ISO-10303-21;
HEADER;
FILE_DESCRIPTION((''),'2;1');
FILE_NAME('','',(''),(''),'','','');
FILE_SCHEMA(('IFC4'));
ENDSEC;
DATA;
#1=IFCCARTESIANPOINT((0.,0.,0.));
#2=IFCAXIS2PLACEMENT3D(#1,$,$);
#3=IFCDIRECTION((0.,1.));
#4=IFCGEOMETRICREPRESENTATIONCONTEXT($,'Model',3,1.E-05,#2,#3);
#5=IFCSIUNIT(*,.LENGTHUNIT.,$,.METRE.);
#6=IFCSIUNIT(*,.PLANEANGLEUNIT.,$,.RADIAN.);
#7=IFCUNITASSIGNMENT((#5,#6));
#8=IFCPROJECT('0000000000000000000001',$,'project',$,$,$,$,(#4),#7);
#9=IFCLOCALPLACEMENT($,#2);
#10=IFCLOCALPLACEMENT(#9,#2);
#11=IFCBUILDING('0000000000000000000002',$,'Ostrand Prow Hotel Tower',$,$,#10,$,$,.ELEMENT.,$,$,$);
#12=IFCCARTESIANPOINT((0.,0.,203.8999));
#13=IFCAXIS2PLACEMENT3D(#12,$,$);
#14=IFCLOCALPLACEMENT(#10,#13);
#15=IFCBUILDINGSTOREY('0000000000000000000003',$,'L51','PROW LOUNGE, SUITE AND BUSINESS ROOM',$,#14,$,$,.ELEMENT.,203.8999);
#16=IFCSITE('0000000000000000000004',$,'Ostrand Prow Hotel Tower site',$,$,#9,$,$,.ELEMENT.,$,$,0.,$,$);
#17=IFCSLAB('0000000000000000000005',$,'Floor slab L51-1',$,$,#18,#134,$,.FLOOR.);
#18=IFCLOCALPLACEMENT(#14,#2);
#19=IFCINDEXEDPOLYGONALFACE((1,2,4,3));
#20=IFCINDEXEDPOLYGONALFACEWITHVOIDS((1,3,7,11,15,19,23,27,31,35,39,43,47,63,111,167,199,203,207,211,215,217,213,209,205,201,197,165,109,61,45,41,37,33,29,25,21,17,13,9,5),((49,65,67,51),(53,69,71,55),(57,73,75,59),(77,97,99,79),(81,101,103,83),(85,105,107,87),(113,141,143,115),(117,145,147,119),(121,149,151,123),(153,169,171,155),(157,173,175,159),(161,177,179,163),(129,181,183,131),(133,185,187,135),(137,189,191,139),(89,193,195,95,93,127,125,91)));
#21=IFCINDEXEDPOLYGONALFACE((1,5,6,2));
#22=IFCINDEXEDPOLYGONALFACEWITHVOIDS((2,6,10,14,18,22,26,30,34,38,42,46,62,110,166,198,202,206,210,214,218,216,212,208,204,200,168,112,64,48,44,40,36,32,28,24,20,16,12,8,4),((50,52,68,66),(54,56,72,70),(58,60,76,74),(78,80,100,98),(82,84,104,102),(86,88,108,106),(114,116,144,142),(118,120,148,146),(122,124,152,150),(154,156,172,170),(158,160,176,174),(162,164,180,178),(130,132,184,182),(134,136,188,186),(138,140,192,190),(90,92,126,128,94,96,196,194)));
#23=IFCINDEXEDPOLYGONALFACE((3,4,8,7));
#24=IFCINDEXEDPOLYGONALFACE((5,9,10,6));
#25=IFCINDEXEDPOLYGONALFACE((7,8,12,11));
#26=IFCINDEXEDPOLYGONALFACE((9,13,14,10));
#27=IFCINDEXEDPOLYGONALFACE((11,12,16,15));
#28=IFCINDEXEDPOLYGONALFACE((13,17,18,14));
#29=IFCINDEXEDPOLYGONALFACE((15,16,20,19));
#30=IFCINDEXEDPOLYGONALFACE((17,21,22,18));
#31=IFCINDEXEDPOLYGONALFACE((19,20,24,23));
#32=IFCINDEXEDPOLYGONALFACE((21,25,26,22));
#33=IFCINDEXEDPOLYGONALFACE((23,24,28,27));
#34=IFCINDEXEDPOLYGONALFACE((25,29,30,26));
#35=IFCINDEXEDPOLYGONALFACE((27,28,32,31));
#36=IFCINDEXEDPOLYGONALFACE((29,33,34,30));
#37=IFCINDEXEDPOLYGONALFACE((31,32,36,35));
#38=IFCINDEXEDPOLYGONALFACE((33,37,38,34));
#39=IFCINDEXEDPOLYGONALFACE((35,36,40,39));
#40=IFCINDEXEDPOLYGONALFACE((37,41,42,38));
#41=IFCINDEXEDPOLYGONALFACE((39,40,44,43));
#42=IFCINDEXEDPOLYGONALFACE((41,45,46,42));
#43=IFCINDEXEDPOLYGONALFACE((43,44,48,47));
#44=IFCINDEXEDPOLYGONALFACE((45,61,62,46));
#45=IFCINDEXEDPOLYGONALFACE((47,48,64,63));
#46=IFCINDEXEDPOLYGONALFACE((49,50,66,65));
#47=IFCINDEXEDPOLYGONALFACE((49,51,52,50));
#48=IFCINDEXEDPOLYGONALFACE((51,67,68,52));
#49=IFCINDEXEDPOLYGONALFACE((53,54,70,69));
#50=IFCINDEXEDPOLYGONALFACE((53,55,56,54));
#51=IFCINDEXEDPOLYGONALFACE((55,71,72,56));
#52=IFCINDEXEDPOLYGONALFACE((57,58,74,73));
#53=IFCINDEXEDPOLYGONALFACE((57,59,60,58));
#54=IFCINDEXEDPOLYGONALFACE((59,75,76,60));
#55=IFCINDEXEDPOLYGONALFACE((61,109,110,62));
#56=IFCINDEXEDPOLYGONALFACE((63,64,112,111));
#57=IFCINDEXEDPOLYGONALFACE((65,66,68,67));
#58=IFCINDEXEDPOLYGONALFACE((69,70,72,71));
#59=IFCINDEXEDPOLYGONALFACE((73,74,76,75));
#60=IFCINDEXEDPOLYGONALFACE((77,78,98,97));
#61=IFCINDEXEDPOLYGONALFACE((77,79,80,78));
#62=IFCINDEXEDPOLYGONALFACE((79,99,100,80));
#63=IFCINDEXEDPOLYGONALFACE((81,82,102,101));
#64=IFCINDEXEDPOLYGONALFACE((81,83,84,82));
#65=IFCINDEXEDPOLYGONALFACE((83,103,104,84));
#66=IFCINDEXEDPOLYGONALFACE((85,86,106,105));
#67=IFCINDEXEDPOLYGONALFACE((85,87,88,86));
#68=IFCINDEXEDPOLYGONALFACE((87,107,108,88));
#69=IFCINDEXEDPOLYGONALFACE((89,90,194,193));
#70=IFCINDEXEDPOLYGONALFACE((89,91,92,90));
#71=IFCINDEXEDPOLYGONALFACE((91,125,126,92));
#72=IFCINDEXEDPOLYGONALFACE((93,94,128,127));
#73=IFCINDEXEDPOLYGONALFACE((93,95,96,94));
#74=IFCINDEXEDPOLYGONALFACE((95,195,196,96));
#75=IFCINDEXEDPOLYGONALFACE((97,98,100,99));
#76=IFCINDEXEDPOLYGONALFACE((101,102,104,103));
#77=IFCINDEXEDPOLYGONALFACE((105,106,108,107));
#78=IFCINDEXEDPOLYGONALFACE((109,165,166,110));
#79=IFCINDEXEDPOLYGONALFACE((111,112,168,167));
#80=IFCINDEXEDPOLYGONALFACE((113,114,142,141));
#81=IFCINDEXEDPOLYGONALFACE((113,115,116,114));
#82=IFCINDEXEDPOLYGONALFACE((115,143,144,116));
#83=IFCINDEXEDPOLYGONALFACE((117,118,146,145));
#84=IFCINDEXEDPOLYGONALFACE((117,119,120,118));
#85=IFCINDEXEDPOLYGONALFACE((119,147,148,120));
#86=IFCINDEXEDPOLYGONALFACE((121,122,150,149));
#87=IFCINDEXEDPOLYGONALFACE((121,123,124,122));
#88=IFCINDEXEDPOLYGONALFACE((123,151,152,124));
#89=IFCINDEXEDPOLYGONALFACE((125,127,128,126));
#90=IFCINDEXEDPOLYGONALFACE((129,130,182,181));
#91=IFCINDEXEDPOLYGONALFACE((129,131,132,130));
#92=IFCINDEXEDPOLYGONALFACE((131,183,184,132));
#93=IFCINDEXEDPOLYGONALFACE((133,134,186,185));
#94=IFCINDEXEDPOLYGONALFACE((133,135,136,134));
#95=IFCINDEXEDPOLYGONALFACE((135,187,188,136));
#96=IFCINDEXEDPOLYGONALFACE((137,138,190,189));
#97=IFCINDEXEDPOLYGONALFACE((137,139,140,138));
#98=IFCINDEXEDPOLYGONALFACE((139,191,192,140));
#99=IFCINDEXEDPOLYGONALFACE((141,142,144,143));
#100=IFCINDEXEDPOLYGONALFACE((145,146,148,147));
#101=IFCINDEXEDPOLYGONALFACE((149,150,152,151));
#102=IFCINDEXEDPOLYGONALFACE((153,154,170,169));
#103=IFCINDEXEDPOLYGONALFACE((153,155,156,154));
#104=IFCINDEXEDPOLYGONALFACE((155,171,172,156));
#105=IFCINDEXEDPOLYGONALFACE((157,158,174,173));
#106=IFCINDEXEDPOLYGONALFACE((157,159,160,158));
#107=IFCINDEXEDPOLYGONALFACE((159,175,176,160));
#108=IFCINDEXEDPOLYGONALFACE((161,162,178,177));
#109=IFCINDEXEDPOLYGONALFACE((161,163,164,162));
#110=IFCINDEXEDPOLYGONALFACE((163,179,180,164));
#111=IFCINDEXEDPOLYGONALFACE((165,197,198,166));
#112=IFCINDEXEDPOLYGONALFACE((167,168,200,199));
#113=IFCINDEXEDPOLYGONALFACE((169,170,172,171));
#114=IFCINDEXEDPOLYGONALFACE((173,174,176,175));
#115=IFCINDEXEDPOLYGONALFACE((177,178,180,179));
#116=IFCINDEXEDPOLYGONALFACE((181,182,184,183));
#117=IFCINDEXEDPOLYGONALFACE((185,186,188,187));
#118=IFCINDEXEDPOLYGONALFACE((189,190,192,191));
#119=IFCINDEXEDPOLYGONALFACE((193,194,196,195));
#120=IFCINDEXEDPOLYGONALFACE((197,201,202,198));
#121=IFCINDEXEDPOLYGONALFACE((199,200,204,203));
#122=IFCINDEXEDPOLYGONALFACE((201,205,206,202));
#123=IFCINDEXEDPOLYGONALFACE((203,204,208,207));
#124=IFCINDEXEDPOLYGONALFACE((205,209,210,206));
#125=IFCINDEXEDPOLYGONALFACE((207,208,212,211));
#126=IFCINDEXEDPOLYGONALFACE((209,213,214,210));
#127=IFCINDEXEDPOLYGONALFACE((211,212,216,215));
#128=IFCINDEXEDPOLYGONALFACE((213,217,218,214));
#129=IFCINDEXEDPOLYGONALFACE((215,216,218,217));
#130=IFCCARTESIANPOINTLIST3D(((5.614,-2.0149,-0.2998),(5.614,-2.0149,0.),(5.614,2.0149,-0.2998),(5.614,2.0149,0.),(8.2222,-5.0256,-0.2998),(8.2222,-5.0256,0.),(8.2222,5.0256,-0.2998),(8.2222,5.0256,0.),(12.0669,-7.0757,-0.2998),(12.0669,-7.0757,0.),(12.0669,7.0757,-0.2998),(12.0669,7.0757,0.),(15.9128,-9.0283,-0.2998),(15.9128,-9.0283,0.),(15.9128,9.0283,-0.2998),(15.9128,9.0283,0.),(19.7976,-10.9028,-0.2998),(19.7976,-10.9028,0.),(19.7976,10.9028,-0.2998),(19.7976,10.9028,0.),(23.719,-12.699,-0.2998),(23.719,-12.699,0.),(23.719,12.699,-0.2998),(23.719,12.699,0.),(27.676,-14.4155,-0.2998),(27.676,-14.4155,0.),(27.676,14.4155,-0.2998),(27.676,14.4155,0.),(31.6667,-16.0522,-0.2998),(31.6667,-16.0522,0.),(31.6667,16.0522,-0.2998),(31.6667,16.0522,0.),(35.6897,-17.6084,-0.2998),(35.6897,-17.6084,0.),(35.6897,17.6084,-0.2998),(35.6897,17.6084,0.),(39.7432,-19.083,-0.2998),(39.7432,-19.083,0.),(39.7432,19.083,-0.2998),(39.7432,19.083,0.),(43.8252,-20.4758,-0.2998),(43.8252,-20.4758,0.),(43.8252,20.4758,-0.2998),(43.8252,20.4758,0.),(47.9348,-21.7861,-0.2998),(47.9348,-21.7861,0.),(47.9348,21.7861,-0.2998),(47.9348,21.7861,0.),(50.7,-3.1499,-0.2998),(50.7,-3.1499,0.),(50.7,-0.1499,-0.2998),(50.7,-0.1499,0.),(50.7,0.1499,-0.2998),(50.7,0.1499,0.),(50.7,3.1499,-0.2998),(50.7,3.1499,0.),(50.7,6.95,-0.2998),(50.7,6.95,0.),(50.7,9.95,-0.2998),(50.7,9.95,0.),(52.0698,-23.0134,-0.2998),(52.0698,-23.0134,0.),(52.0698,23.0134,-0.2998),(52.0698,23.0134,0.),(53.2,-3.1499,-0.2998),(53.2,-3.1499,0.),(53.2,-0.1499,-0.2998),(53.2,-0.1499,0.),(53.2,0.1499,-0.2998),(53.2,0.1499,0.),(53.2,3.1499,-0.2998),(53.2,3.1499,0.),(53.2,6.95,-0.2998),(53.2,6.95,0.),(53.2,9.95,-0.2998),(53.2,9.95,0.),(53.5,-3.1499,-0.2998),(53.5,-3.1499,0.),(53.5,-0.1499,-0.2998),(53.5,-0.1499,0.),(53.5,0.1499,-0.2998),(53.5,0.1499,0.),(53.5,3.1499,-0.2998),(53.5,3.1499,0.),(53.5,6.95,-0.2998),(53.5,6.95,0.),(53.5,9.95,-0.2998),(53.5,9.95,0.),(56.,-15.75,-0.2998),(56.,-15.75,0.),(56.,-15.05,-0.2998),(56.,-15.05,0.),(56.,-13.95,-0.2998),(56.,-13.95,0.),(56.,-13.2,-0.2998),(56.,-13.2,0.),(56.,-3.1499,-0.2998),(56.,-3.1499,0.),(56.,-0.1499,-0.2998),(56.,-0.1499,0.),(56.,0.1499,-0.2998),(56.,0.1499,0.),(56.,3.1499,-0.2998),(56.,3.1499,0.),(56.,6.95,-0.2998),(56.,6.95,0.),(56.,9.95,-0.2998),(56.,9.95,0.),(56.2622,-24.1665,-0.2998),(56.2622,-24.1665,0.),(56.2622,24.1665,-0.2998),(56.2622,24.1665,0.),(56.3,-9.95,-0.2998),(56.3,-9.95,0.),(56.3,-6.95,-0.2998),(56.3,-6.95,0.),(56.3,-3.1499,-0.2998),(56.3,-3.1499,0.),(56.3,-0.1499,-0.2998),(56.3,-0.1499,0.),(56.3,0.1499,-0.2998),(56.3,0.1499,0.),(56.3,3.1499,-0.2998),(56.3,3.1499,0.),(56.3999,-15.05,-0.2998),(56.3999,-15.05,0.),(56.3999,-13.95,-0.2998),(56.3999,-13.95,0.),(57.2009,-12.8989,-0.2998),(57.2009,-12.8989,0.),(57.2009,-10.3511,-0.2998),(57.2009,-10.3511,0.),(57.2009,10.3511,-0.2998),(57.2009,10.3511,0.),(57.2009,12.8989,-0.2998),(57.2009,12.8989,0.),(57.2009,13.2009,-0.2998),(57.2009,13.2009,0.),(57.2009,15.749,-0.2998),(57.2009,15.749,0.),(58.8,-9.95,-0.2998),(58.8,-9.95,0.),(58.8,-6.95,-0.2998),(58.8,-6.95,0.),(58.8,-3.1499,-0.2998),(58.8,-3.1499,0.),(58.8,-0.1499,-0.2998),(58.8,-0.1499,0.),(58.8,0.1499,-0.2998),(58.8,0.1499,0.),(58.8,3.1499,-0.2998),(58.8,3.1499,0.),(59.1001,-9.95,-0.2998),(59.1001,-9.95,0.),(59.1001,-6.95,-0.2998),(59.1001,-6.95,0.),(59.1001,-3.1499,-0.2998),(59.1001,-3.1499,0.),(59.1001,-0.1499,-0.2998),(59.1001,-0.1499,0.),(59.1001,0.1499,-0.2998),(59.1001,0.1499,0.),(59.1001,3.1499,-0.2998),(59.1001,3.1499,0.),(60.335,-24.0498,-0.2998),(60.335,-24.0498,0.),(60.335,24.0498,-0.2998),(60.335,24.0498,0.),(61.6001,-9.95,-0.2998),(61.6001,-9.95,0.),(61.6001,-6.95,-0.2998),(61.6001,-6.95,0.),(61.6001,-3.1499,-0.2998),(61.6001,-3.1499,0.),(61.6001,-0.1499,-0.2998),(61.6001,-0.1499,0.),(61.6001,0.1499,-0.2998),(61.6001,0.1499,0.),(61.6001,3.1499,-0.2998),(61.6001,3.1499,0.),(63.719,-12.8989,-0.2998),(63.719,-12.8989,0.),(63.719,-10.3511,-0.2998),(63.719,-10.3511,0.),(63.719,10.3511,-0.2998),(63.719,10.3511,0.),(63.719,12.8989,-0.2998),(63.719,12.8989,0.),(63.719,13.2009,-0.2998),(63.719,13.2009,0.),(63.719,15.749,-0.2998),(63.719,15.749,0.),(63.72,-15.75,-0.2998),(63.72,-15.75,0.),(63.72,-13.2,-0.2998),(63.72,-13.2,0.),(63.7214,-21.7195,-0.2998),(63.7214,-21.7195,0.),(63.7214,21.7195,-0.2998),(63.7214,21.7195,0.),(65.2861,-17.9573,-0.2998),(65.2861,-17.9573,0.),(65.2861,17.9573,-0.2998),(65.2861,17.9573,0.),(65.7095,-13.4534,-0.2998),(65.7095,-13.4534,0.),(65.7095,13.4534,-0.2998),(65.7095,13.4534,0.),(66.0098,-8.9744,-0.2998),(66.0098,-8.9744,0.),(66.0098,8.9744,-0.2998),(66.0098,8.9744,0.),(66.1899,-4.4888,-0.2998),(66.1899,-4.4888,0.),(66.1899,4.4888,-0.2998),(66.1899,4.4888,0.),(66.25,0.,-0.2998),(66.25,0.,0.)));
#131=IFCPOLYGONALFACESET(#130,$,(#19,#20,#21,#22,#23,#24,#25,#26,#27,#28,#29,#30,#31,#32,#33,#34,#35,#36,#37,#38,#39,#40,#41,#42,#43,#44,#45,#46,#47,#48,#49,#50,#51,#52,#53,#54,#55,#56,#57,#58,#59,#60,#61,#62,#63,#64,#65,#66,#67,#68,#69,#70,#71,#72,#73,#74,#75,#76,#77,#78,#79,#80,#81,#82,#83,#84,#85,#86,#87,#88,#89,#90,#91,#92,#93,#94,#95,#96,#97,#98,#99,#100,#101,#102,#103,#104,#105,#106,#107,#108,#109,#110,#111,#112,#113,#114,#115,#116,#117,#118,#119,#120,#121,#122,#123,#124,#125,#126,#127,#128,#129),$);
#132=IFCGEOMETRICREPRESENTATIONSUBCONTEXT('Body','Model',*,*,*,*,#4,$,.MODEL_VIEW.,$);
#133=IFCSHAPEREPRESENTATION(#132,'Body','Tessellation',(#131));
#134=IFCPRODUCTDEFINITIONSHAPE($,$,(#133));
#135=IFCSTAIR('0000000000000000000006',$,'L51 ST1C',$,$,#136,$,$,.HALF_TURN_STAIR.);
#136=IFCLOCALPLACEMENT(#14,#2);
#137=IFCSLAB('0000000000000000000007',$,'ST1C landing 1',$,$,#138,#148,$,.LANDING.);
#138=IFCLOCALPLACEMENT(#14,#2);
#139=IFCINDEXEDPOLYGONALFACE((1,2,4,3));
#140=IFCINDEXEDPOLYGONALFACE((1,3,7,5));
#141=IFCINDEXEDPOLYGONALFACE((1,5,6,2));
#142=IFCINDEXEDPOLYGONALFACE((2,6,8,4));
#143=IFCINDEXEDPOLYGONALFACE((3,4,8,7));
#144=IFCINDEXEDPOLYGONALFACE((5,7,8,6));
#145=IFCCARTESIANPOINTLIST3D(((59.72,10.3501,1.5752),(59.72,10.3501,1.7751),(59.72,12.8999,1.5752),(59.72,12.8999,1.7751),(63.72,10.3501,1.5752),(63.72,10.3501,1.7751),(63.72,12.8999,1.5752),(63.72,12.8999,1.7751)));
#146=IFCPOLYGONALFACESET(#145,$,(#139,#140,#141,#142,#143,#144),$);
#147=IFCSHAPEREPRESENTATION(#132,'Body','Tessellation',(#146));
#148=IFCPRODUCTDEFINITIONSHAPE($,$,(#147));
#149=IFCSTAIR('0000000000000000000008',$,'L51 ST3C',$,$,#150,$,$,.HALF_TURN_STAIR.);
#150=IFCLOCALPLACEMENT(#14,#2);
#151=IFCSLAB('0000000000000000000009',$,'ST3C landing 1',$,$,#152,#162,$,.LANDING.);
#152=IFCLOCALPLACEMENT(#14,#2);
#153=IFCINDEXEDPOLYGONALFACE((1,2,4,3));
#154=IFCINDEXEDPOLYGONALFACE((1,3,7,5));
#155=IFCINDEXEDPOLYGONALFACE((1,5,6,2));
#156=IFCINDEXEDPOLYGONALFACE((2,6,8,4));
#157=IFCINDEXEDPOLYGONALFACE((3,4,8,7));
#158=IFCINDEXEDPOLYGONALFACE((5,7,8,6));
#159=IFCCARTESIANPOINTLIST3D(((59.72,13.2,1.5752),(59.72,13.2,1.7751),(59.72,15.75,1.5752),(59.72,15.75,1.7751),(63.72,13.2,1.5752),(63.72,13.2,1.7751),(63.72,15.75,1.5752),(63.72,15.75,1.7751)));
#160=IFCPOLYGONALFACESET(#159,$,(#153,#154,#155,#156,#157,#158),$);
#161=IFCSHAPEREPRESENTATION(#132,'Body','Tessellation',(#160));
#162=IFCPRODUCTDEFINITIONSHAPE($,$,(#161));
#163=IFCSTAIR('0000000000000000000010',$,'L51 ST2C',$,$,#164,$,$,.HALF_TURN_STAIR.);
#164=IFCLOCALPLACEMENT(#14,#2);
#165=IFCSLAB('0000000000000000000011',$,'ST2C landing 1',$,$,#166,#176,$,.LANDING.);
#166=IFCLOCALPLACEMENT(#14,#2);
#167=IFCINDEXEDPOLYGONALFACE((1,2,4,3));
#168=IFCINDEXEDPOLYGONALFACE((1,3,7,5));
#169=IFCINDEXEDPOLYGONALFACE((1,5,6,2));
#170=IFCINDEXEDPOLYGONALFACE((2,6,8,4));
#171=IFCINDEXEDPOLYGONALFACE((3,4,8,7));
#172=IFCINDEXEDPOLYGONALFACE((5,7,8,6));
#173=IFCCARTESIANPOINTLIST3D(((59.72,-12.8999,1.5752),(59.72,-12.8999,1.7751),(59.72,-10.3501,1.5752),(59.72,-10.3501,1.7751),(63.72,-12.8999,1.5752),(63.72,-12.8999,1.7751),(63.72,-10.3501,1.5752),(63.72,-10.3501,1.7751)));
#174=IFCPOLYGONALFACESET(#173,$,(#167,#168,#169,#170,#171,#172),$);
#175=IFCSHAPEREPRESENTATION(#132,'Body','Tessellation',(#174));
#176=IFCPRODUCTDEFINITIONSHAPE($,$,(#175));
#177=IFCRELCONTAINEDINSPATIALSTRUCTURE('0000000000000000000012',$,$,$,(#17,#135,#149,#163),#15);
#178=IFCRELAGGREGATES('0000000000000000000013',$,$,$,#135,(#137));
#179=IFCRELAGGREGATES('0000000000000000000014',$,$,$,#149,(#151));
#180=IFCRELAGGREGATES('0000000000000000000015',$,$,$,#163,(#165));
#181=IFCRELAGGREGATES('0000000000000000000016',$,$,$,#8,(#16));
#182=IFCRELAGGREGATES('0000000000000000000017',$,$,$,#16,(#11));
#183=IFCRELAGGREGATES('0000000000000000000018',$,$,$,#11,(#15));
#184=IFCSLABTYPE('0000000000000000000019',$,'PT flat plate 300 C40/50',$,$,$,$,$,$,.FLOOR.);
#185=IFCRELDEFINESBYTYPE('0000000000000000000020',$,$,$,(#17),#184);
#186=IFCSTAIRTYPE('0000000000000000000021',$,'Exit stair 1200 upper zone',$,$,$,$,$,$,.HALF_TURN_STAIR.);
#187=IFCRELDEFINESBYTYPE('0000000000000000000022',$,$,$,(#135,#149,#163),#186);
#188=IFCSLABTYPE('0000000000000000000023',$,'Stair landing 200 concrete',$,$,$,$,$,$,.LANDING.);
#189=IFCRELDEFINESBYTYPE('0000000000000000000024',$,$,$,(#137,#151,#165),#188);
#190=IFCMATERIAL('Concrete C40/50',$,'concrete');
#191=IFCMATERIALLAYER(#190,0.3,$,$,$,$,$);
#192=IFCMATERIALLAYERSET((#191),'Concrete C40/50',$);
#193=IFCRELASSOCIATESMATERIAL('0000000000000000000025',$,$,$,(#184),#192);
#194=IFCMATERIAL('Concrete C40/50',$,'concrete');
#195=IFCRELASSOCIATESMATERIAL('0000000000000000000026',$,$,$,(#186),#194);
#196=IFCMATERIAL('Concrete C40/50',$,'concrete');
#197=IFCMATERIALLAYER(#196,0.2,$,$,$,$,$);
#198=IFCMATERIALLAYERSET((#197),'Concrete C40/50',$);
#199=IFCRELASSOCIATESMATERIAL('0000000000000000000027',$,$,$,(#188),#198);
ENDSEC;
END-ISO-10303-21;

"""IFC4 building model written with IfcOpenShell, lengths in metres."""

from ifc_helpers import new_model, si_unit, direction, frame, origin, place, context, subcontext, project, spatial, polyline, outline, extrude, material, layer, layer_set, type_object, element, aggregate, save


model = new_model("IFC4")

# Units and contexts
model_context = context("Model", 3, precision=1e-05, world=origin(), true_north=direction((0.0, 1.0)))
body_context = subcontext(model_context, "Body", "Model", "MODEL_VIEW")
ifc_project = project(units=[si_unit("LENGTHUNIT", "METRE"), si_unit("PLANEANGLEUNIT", "RADIAN")], contexts=[model_context])

# Site, building, storey
site_placement = place(None, origin())
site = spatial("IfcSite", under=ifc_project, at=site_placement, Name="Ostrand Prow Hotel Tower site", CompositionType="ELEMENT", RefElevation=0.0)
building_placement = place(site_placement, origin())
building = spatial("IfcBuilding", under=site, at=building_placement, Name="Ostrand Prow Hotel Tower", CompositionType="ELEMENT")
storey_placement = place(building_placement, frame((0.0, 0.0, 203.8999)))
storey = spatial("IfcBuildingStorey", under=building, at=storey_placement, Name="L51", Description="PROW LOUNGE, SUITE AND BUSINESS ROOM", CompositionType="ELEMENT", Elevation=203.8999)

# Slab, opening
ifc_material_1 = material(Name="Concrete C40/50", Category="concrete")
ifc_layer_1 = layer(ifc_material_1, 0.3)
ifc_layer_set_1 = layer_set([ifc_layer_1], Name="Concrete C40/50")
slab_type_1 = type_object("IfcSlabType", Name="PT flat plate 300 C40/50", PredefinedType="FLOOR", material=ifc_layer_set_1)
slab_1_placement = place(storey_placement, frame((0.0, 0.0, -0.2998)))
slab_1 = element("IfcSlab", 1, at=slab_1_placement, inside=storey, type_object=slab_type_1, Name="Floor slab L51-1", PredefinedType="FLOOR", context=body_context, shape_type="SweptSolid", body=[
    extrude(outline(polyline([(8.2222, 5.0256), (12.0669, 7.0757), (15.9128, 9.0283), (19.7976, 10.9028), (23.719, 12.699), (27.676, 14.4155), (31.6667, 16.0522), (35.6897, 17.6084), (39.7432, 19.083), (43.8252, 20.4758), (47.9348, 21.7861), (52.0698, 23.0134), (56.2622, 24.1665), (60.335, 24.0498), (63.7214, 21.7195), (65.2861, 17.9573), (65.7095, 13.4534), (66.0098, 8.9744), (66.1899, 4.4888), (66.25, 0.0), (66.1899, -4.4888), (66.0098, -8.9744), (65.7095, -13.4534), (65.2861, -17.9573), (63.7214, -21.7195), (60.335, -24.0498), (56.2622, -24.1665), (52.0698, -23.0134), (47.9348, -21.7861), (43.8252, -20.4758), (39.7432, -19.083), (35.6897, -17.6084), (31.6667, -16.0522), (27.676, -14.4155), (23.719, -12.699), (19.7976, -10.9028), (15.9128, -9.0283), (12.0669, -7.0757), (8.2222, -5.0256), (5.614, -2.0149), (5.614, 2.0149), (8.2222, 5.0256)]), holes=[polyline([(50.7, 6.95), (53.2, 6.95), (53.2, 9.95), (50.7, 9.95), (50.7, 6.95)]), polyline([(53.5, 6.95), (56.0, 6.95), (56.0, 9.95), (53.5, 9.95), (53.5, 6.95)]), polyline([(50.7, 0.1499), (53.2, 0.1499), (53.2, 3.1499), (50.7, 3.1499), (50.7, 0.1499)]), polyline([(53.5, 0.1499), (56.0, 0.1499), (56.0, 3.1499), (53.5, 3.1499), (53.5, 0.1499)]), polyline([(56.3, 0.1499), (58.8, 0.1499), (58.8, 3.1499), (56.3, 3.1499), (56.3, 0.1499)]), polyline([(59.1001, 0.1499), (61.6001, 0.1499), (61.6001, 3.1499), (59.1001, 3.1499), (59.1001, 0.1499)]), polyline([(50.7, -3.1499), (53.2, -3.1499), (53.2, -0.1499), (50.7, -0.1499), (50.7, -3.1499)]), polyline([(53.5, -3.1499), (56.0, -3.1499), (56.0, -0.1499), (53.5, -0.1499), (53.5, -3.1499)]), polyline([(56.3, -3.1499), (58.8, -3.1499), (58.8, -0.1499), (56.3, -0.1499), (56.3, -3.1499)]), polyline([(59.1001, -3.1499), (61.6001, -3.1499), (61.6001, -0.1499), (59.1001, -0.1499), (59.1001, -3.1499)]), polyline([(56.3, -9.95), (58.8, -9.95), (58.8, -6.95), (56.3, -6.95), (56.3, -9.95)]), polyline([(59.1001, -9.95), (61.6001, -9.95), (61.6001, -6.95), (59.1001, -6.95), (59.1001, -9.95)]), polyline([(57.2009, 10.3511), (57.2009, 12.8989), (63.719, 12.8989), (63.719, 10.3511), (57.2009, 10.3511)]), polyline([(57.2009, 13.2009), (57.2009, 15.749), (63.719, 15.749), (63.719, 13.2009), (57.2009, 13.2009)]), polyline([(57.2009, -12.8989), (57.2009, -10.3511), (63.719, -10.3511), (63.719, -12.8989), (57.2009, -12.8989)]), polyline([(63.72, -13.2), (63.72, -15.75), (56.0, -15.75), (56.0, -15.05), (56.3999, -15.05), (56.3999, -13.95), (56.0, -13.95), (56.0, -13.2), (63.72, -13.2)])]), origin(), (0.0, 0.0, 1.0), 0.2998),
])
opening_1_placement = place(slab_1_placement, origin())
element("IfcOpeningElement", 2, at=opening_1_placement, cuts=slab_1, PredefinedType="OPENING", context=body_context, shape_type="SweptSolid", body=[
    extrude(outline(polyline([(63.72, -13.2), (63.72, -15.75), (56.0, -15.75), (56.0, -15.05), (56.3999, -15.05), (56.3999, -13.95), (56.0, -13.95), (56.0, -13.2), (63.72, -13.2)])), origin(), (0.0, 0.0, 1.0), 0.2998),
])

# Stairs, slabs
ifc_material_2 = material(Name="Concrete C40/50", Category="concrete")
stair_type = type_object("IfcStairType", Name="Exit stair 1200 upper zone", PredefinedType="HALF_TURN_STAIR", material=ifc_material_2)
stair_1_placement = place(storey_placement, origin())
stair_1 = element("IfcStair", 3, at=stair_1_placement, inside=storey, type_object=stair_type, Name="L51 ST1C", PredefinedType="HALF_TURN_STAIR")
ifc_material_3 = material(Name="Concrete C40/50", Category="concrete")
ifc_layer_2 = layer(ifc_material_3, 0.2)
ifc_layer_set_2 = layer_set([ifc_layer_2], Name="Concrete C40/50")
slab_type_2 = type_object("IfcSlabType", Name="Stair landing 200 concrete", PredefinedType="LANDING", material=ifc_layer_set_2)
slab_2_placement = place(storey_placement, frame((0.0, 0.0, 1.5752)))
slab_2 = element("IfcSlab", 4, at=slab_2_placement, type_object=slab_type_2, Name="ST1C landing 1", PredefinedType="LANDING", context=body_context, shape_type="SweptSolid", body=[
    extrude(outline(polyline([(59.72, 10.3501), (63.72, 10.3501), (63.72, 12.8999), (59.72, 12.8999), (59.72, 10.3501)])), origin(), (0.0, 0.0, 1.0), 0.2),
])
aggregate(stair_1, [slab_2])
stair_2_placement = place(storey_placement, origin())
stair_2 = element("IfcStair", 5, at=stair_2_placement, inside=storey, type_object=stair_type, Name="L51 ST3C", PredefinedType="HALF_TURN_STAIR")
slab_3_placement = place(storey_placement, frame((0.0, 0.0, 1.5752)))
slab_3 = element("IfcSlab", 6, at=slab_3_placement, type_object=slab_type_2, Name="ST3C landing 1", PredefinedType="LANDING", context=body_context, shape_type="SweptSolid", body=[
    extrude(outline(polyline([(59.72, 13.2), (63.72, 13.2), (63.72, 15.75), (59.72, 15.75), (59.72, 13.2)])), origin(), (0.0, 0.0, 1.0), 0.2),
])
aggregate(stair_2, [slab_3])
stair_3_placement = place(storey_placement, origin())
stair_3 = element("IfcStair", 7, at=stair_3_placement, inside=storey, type_object=stair_type, Name="L51 ST2C", PredefinedType="HALF_TURN_STAIR")
slab_4_placement = place(storey_placement, frame((0.0, 0.0, 1.5752)))
slab_4 = element("IfcSlab", 8, at=slab_4_placement, type_object=slab_type_2, Name="ST2C landing 1", PredefinedType="LANDING", context=body_context, shape_type="SweptSolid", body=[
    extrude(outline(polyline([(59.72, -12.8999), (63.72, -12.8999), (63.72, -10.3501), (59.72, -10.3501), (59.72, -12.8999)])), origin(), (0.0, 0.0, 1.0), 0.2),
])
aggregate(stair_3, [slab_4])

save(model, "model.ifc")
